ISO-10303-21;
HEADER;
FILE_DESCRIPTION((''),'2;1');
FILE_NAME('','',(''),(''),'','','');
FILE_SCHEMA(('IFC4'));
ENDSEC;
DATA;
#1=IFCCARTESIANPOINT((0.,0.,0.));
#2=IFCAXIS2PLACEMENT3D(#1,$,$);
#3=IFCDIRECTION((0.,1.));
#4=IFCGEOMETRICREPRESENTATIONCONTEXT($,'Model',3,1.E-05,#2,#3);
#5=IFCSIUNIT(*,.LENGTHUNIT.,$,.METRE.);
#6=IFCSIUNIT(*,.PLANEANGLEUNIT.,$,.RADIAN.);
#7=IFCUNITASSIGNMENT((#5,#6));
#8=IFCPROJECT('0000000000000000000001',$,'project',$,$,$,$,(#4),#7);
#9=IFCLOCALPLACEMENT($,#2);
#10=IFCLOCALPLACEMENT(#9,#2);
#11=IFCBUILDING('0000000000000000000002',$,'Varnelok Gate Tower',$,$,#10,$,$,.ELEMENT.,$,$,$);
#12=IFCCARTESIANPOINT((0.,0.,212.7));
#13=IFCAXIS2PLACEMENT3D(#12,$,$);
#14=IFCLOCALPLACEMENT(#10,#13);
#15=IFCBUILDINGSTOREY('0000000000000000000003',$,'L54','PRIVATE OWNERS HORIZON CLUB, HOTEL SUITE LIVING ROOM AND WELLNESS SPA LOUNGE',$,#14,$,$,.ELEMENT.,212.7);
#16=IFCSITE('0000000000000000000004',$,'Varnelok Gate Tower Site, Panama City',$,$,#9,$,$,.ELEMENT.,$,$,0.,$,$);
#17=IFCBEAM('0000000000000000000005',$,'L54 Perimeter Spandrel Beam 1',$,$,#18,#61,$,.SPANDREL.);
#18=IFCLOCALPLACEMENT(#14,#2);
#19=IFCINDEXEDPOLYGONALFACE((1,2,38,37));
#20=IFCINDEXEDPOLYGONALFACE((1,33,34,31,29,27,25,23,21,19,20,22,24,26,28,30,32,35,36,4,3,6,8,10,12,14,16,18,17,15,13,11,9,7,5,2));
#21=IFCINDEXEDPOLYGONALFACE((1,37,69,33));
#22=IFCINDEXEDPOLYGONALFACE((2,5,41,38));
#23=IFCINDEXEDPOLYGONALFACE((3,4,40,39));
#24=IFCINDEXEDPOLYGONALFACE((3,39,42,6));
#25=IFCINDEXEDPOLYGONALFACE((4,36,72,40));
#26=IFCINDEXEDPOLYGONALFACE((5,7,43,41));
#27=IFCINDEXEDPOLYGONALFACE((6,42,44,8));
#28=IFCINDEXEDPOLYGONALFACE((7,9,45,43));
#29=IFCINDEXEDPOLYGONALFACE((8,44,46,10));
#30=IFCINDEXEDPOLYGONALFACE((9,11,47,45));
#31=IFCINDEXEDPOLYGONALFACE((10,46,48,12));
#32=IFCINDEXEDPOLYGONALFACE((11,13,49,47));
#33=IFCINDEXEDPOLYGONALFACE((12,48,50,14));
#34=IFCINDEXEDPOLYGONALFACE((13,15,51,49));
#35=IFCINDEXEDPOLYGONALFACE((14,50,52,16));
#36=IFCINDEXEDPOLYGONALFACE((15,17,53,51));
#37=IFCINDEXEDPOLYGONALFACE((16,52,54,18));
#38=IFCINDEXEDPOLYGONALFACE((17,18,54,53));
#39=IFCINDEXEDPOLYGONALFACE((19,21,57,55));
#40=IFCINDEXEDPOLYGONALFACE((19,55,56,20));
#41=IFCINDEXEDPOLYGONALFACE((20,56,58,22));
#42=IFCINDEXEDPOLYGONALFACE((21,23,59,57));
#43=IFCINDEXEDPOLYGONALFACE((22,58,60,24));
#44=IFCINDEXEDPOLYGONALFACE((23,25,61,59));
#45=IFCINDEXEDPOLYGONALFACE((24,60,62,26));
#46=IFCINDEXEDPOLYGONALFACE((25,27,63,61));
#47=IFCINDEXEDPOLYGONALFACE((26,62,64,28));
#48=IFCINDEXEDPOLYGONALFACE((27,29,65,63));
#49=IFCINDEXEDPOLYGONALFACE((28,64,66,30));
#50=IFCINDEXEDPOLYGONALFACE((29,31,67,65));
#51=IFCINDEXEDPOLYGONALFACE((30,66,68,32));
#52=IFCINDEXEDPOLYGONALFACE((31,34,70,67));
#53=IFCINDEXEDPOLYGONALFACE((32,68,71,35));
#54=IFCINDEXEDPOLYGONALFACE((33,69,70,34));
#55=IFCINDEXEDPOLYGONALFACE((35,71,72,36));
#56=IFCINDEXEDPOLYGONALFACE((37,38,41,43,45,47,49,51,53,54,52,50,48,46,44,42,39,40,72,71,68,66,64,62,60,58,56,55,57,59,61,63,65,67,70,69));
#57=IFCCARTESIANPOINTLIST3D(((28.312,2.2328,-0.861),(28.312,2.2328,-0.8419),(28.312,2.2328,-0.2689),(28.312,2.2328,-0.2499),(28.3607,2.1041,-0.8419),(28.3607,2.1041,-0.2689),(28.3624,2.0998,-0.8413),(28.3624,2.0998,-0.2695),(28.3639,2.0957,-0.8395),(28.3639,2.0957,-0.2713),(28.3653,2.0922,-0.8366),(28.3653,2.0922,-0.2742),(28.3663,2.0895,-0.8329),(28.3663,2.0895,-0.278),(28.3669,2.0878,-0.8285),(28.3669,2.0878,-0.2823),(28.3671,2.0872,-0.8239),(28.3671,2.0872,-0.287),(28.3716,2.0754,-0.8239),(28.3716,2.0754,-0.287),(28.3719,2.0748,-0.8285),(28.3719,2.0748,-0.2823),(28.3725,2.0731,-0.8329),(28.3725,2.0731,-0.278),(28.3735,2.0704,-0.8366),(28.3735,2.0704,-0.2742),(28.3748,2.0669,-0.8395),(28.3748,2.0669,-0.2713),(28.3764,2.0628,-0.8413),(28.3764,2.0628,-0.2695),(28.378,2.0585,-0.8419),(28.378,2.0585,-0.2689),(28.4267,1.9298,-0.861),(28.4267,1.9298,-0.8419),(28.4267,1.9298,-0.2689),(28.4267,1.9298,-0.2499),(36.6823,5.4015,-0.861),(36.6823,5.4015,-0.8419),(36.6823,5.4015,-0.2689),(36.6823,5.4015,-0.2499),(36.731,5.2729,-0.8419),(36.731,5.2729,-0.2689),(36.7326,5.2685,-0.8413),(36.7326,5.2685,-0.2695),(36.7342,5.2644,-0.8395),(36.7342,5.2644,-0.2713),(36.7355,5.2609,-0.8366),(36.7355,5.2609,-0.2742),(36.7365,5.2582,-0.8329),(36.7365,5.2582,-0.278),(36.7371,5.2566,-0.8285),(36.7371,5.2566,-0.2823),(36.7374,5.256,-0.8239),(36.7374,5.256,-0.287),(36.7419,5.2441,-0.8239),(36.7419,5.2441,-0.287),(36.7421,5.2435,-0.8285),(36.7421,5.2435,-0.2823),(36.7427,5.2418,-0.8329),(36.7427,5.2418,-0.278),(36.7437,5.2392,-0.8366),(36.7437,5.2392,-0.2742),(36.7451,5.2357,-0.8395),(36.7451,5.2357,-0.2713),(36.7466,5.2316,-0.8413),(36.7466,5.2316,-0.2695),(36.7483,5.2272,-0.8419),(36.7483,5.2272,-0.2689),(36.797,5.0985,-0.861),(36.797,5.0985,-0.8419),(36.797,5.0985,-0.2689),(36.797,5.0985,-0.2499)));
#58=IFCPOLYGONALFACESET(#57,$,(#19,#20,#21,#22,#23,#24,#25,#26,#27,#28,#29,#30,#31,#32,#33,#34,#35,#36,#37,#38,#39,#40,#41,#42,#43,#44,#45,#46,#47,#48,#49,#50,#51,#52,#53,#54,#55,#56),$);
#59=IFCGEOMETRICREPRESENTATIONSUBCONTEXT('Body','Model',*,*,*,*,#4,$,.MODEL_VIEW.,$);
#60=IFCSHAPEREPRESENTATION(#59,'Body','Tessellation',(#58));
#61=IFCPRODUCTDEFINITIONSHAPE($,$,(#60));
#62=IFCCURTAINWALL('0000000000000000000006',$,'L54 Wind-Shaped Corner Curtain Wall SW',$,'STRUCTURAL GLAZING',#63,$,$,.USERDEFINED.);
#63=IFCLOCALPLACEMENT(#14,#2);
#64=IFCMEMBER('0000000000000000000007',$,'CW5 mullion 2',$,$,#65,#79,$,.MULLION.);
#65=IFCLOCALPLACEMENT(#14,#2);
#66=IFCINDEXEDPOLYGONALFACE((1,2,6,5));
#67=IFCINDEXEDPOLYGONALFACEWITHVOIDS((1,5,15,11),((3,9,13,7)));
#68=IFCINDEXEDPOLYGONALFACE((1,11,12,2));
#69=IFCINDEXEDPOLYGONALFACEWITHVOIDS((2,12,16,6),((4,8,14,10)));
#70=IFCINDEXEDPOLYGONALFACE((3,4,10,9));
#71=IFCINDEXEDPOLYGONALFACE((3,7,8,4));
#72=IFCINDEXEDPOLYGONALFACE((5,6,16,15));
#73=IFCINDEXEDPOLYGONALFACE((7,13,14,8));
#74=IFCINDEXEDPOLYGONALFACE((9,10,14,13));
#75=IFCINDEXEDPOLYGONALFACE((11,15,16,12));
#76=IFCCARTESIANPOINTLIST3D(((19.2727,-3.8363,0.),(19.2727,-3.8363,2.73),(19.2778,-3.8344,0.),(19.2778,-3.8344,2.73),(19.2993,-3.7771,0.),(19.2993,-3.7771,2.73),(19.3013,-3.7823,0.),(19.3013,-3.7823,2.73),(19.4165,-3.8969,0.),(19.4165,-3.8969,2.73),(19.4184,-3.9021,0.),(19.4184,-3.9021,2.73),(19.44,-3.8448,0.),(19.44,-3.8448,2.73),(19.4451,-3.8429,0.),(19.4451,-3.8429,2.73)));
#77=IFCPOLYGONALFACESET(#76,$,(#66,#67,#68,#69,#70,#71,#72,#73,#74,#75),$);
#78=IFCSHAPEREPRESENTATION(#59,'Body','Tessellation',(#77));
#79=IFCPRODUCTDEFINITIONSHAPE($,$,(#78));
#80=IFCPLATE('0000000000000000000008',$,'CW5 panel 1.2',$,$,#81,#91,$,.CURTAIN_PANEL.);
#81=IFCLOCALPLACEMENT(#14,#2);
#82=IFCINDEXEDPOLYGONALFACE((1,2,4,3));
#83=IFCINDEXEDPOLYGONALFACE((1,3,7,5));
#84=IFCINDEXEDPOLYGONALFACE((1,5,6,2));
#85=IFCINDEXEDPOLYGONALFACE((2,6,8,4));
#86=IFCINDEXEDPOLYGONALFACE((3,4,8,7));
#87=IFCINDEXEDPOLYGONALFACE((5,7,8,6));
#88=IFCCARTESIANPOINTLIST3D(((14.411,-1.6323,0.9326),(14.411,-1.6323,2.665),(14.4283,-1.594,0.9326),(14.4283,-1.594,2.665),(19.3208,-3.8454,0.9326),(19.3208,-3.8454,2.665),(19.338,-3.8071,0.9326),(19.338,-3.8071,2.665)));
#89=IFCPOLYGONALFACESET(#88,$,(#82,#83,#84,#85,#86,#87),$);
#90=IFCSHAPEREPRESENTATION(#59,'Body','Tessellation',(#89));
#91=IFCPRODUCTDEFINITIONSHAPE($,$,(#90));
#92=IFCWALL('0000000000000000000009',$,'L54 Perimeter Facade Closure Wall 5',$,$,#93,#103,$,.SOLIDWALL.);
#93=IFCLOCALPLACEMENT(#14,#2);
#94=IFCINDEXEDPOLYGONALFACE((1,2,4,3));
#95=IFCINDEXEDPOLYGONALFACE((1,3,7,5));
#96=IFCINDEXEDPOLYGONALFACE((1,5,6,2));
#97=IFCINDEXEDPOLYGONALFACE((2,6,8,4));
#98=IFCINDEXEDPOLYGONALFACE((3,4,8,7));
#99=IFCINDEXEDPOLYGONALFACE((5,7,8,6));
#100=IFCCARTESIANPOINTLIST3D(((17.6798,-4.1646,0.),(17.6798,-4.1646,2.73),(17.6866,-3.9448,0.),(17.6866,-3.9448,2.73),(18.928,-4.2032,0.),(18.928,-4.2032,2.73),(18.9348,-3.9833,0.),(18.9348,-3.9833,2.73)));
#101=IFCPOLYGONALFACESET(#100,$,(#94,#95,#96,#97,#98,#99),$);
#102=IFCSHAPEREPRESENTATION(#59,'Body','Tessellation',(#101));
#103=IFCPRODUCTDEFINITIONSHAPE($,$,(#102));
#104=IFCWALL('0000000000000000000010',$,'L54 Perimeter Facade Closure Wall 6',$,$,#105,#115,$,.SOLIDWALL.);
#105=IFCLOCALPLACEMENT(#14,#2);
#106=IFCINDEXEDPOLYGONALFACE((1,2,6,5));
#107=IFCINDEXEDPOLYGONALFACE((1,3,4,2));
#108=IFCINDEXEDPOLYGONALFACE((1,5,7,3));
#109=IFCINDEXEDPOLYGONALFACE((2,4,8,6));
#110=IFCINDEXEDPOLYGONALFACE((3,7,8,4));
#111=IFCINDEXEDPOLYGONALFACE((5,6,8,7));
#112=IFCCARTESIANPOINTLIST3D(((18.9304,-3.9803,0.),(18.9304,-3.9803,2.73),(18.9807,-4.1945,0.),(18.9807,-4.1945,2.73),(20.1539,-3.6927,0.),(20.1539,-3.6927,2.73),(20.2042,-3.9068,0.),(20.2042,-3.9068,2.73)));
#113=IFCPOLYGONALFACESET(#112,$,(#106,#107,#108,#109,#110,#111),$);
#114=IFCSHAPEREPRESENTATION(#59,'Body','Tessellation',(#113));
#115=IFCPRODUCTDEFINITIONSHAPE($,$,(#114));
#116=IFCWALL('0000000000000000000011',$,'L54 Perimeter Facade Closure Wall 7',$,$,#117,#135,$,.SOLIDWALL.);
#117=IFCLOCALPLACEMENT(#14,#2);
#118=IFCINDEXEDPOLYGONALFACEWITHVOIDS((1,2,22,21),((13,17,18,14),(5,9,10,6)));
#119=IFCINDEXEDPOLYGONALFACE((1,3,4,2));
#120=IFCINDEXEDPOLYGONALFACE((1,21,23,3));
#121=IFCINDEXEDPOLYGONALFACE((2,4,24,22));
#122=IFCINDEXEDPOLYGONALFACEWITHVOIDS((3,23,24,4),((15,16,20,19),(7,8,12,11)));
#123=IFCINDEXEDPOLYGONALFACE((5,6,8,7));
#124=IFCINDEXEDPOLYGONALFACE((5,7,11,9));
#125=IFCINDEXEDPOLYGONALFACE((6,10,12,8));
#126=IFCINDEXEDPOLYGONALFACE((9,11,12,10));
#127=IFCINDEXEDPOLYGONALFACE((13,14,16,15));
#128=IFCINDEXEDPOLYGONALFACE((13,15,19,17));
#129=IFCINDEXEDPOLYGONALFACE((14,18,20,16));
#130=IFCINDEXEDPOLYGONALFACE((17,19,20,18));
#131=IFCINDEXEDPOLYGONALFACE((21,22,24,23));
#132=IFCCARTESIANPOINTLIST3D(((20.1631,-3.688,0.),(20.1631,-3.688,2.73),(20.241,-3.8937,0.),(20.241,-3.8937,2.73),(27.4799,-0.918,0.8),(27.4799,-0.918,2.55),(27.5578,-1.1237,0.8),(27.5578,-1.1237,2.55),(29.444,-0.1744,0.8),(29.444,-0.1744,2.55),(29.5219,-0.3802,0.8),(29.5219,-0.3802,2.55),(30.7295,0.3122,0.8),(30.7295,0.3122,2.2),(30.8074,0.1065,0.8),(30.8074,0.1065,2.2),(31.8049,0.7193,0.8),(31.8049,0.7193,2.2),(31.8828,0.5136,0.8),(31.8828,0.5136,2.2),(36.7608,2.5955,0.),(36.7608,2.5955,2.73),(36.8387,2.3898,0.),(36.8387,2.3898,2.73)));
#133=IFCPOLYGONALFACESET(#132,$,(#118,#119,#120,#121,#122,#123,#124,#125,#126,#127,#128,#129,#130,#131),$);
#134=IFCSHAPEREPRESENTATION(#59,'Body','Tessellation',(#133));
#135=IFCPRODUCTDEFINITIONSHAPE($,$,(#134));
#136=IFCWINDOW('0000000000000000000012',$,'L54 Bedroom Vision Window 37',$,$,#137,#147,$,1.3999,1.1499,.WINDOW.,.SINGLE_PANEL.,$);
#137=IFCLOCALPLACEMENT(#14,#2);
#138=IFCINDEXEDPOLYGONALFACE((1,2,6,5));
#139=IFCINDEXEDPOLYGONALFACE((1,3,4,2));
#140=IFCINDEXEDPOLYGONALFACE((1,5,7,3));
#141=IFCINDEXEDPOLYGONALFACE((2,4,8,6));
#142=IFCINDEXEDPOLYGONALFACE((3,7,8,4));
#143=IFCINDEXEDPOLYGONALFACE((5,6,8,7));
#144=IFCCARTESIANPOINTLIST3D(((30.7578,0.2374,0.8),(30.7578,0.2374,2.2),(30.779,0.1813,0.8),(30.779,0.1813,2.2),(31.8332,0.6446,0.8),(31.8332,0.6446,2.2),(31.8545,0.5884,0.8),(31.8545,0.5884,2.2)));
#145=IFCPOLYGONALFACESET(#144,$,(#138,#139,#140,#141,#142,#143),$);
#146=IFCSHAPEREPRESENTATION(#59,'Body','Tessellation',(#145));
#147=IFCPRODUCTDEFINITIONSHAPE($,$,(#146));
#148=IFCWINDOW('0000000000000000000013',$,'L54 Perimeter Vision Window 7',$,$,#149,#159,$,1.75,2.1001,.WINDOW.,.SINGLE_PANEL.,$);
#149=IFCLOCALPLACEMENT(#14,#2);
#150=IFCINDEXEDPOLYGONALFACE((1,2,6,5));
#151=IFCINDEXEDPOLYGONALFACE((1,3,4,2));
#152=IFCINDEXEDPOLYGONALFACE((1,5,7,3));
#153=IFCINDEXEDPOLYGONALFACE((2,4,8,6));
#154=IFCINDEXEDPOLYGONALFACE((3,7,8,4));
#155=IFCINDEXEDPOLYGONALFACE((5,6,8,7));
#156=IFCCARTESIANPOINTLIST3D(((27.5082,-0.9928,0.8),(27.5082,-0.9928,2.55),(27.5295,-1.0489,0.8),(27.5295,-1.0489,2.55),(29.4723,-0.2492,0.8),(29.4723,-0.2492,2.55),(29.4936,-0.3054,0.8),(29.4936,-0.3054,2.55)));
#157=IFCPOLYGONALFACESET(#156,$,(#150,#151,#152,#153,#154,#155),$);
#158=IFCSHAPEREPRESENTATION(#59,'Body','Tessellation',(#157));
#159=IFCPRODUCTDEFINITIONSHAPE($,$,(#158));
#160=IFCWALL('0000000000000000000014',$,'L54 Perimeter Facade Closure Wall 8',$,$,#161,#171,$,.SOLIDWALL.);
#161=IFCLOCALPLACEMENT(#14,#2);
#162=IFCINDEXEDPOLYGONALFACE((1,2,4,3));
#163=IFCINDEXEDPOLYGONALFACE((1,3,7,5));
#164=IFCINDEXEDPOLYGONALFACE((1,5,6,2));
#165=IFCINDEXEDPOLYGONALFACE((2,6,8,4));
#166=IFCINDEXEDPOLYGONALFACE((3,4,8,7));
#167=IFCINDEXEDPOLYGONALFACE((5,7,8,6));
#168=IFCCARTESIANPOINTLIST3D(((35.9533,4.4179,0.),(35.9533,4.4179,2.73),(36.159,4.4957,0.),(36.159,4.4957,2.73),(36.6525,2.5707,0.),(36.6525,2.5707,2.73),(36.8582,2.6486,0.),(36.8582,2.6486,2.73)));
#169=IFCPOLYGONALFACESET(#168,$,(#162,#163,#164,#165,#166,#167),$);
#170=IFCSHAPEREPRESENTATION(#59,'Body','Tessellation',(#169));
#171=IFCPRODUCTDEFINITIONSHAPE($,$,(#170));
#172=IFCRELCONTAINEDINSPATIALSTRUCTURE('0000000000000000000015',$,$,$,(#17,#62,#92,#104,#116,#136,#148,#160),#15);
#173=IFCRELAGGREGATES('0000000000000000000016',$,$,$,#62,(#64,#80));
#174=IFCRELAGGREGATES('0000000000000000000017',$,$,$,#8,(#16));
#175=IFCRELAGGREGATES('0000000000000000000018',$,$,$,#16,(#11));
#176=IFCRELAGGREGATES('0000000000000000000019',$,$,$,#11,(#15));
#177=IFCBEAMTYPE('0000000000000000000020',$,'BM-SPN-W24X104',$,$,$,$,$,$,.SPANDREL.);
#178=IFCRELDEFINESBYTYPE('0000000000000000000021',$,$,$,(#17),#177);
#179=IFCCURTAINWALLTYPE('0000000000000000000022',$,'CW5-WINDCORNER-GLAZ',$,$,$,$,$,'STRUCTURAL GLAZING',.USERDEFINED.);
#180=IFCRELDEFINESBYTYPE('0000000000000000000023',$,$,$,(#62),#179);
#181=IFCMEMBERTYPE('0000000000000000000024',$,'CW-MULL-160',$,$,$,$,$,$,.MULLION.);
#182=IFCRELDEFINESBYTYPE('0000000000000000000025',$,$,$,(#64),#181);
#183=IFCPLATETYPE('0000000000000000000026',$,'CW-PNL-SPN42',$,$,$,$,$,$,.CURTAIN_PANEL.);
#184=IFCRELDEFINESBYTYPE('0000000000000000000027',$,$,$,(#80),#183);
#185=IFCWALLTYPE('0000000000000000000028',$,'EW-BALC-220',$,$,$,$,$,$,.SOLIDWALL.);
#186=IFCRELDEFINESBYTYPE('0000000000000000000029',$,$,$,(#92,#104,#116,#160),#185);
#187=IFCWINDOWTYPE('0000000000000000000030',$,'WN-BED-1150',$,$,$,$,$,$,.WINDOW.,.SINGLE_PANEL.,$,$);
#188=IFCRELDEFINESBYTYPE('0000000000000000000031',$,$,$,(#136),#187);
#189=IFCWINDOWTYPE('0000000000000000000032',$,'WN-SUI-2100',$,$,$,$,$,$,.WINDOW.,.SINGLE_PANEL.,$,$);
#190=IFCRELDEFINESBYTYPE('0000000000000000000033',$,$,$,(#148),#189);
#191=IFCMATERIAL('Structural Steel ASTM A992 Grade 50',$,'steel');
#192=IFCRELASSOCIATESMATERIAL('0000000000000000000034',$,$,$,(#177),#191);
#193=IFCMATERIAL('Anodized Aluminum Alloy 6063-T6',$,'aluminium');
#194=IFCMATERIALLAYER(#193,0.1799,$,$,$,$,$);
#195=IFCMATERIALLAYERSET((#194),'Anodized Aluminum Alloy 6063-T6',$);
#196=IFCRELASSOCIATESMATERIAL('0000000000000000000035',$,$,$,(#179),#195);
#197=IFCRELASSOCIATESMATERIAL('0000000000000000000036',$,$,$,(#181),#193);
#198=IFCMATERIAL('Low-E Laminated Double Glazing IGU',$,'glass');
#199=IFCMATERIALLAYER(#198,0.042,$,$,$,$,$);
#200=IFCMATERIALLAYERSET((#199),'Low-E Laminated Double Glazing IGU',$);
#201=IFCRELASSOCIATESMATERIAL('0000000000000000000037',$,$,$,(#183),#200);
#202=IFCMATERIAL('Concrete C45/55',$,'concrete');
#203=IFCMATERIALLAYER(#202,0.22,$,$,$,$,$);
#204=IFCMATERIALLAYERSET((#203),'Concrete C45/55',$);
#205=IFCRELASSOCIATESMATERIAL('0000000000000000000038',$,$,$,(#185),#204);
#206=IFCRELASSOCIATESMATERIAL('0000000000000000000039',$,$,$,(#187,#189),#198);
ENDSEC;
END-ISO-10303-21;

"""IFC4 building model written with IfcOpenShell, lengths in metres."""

from ifc_helpers import new_model, si_unit, direction, frame, frame_2d, origin, origin_2d, place, context, subcontext, project, spatial, rectangle, hollow_rectangle, i_section, extrude, source, transform, mapped, material, layer, layer_set, material_profile, profile_set, type_object, element, fill, aggregate, save


model = new_model("IFC4")

# Units and contexts
model_context = context("Model", 3, precision=1e-05, world=origin(), true_north=direction((0.0, 1.0)))
body_context = subcontext(model_context, "Body", "Model", "MODEL_VIEW")
ifc_project = project(units=[si_unit("LENGTHUNIT", "METRE"), si_unit("PLANEANGLEUNIT", "RADIAN")], contexts=[model_context])

# Site, building, storey
site_placement = place(None, origin())
site = spatial("IfcSite", under=ifc_project, at=site_placement, Name="Varnelok Gate Tower Site, Panama City", CompositionType="ELEMENT", RefElevation=0.0)
building_placement = place(site_placement, origin())
building = spatial("IfcBuilding", under=site, at=building_placement, Name="Varnelok Gate Tower", CompositionType="ELEMENT")
storey_placement = place(building_placement, frame((0.0, 0.0, 212.7)))
storey = spatial("IfcBuildingStorey", under=building, at=storey_placement, Name="L54", Description="PRIVATE OWNERS HORIZON CLUB, HOTEL SUITE LIVING ROOM AND WELLNESS SPA LOUNGE", CompositionType="ELEMENT", Elevation=212.7)

# Shared definitions
ifc_material_1 = material(Name="Structural Steel ASTM A992 Grade 50", Category="steel")

# Beam
ifc_material_profile_1 = material_profile(ifc_material_1, i_section(OverallWidth=0.324, OverallDepth=0.6111, WebThickness=0.0127, FlangeThickness=0.019, FilletRadius=0.0181, at=origin_2d()), Name="W24X104")
ifc_profile_set_1 = profile_set([ifc_material_profile_1], Name="Structural Steel ASTM A992 Grade 50")
beam_type_1 = type_object("IfcBeamType", Name="BM-SPN-W24X104", PredefinedType="SPANDREL", material=ifc_profile_set_1)
beam_1_placement = place(storey_placement, frame((28.3694, 2.0813, -0.5554), z_axis=(0.935226, 0.354051, 0.0), x_axis=(-0.354051, 0.935226, 0.0)))
element("IfcBeam", 1, at=beam_1_placement, inside=storey, type_object=beam_type_1, Name="L54 Perimeter Spandrel Beam 1", PredefinedType="SPANDREL", context=body_context, shape_type="SweptSolid", body=[
    extrude(i_section(OverallWidth=0.324, OverallDepth=0.6111, WebThickness=0.0127, FlangeThickness=0.019, FilletRadius=0.0181, at=origin_2d()), origin(), (0.0, 0.0, 1.0), 8.95),
])

# Curtain wall, member, plate
ifc_material_2 = material(Name="Anodized Aluminum Alloy 6063-T6", Category="aluminium")
ifc_layer_1 = layer(ifc_material_2, 0.1799)
ifc_layer_set_1 = layer_set([ifc_layer_1], Name="Anodized Aluminum Alloy 6063-T6")
curtain_wall_type = type_object("IfcCurtainWallType", Name="CW5-WINDCORNER-GLAZ", ElementType="STRUCTURAL GLAZING", PredefinedType="USERDEFINED", material=ifc_layer_set_1)
curtain_wall_placement = place(storey_placement, origin())
curtain_wall = element("IfcCurtainWall", 2, at=curtain_wall_placement, inside=storey, type_object=curtain_wall_type, Name="L54 Wind-Shaped Corner Curtain Wall SW", ObjectType="STRUCTURAL GLAZING", PredefinedType="USERDEFINED")
ifc_material_profile_2 = material_profile(ifc_material_2, hollow_rectangle(XDim=0.0649, YDim=0.1599, WallThickness=0.0039, at=origin_2d()), Name="ALU160X65X4")
ifc_profile_set_2 = profile_set([ifc_material_profile_2], Name="Anodized Aluminum Alloy 6063-T6")
member_type = type_object("IfcMemberType", Name="CW-MULL-160", PredefinedType="MULLION", material=ifc_profile_set_2)
member_placement = place(storey_placement, frame((19.3589, -3.8396, 0.0), z_axis=(0.0, 0.0, 1.0), x_axis=(0.410939, 0.911663, 0.0)))
member = element("IfcMember", 3, at=member_placement, type_object=member_type, Name="CW5 mullion 2", PredefinedType="MULLION", context=body_context, shape_type="SweptSolid", body=[
    extrude(hollow_rectangle(XDim=0.0649, YDim=0.1599, WallThickness=0.0039, at=origin_2d()), origin(), (0.0, 0.0, 1.0), 2.73),
])
ifc_material_3 = material(Name="Low-E Laminated Double Glazing IGU", Category="glass")
ifc_layer_2 = layer(ifc_material_3, 0.042)
ifc_layer_set_2 = layer_set([ifc_layer_2], Name="Low-E Laminated Double Glazing IGU")
plate_type = type_object("IfcPlateType", Name="CW-PNL-SPN42", PredefinedType="CURTAIN_PANEL", material=ifc_layer_set_2)
shared_shape = source(origin(), body_context, "Body", "SweptSolid", [
    extrude(rectangle(XDim=5.3855, YDim=0.042, at=origin_2d()), origin(), (0.0, 0.0, 1.0), 1.7324),
])
plate_placement = place(storey_placement, frame((16.8745, -2.7197, 0.9326), z_axis=(0.0, 0.0, 1.0), x_axis=(0.911663, -0.410939, 0.0)))
plate = element("IfcPlate", 4, at=plate_placement, type_object=plate_type, Name="CW5 panel 1.2", PredefinedType="CURTAIN_PANEL", context=body_context, shape_type="MappedRepresentation", body=[
    mapped(shared_shape, transform((0.0, 0.0, 0.0), scale=1.0)),
])
aggregate(curtain_wall, [member, plate])

# Walls
ifc_material_4 = material(Name="Concrete C45/55", Category="concrete")
ifc_layer_3 = layer(ifc_material_4, 0.22)
ifc_layer_set_3 = layer_set([ifc_layer_3], Name="Concrete C45/55")
wall_type_1 = type_object("IfcWallType", Name="EW-BALC-220", PredefinedType="SOLIDWALL", material=ifc_layer_set_3)
wall_1_placement = place(storey_placement, frame((17.6831, -4.0547, 0.0), z_axis=(0.0, 0.0, 1.0), x_axis=(0.999523, -0.030887, 0.0)))
element("IfcWall", 5, at=wall_1_placement, inside=storey, type_object=wall_type_1, Name="L54 Perimeter Facade Closure Wall 5", PredefinedType="SOLIDWALL", context=body_context, shape_type="SweptSolid", body=[
    extrude(rectangle(XDim=1.2488, YDim=0.22, at=frame_2d((0.6245, 0.0))), origin(), (0.0, 0.0, 1.0), 2.73),
])
wall_2_placement = place(storey_placement, frame((18.9556, -4.0874, 0.0), z_axis=(0.0, 0.0, 1.0), x_axis=(0.973463, 0.228844, 0.0)))
element("IfcWall", 6, at=wall_2_placement, inside=storey, type_object=wall_type_1, Name="L54 Perimeter Facade Closure Wall 6", PredefinedType="SOLIDWALL", context=body_context, shape_type="SweptSolid", body=[
    extrude(rectangle(XDim=1.2568, YDim=0.22, at=frame_2d((0.6284, 0.0))), origin(), (0.0, 0.0, 1.0), 2.73),
])

# Wall, openings, windows
wall_3_placement = place(storey_placement, frame((20.2021, -3.7908, 0.0), z_axis=(0.0, 0.0, 1.0), x_axis=(0.935226, 0.354052, 0.0)))
wall_3 = element("IfcWall", 7, at=wall_3_placement, inside=storey, type_object=wall_type_1, Name="L54 Perimeter Facade Closure Wall 7", PredefinedType="SOLIDWALL", context=body_context, shape_type="SweptSolid", body=[
    extrude(rectangle(XDim=17.7473, YDim=0.22, at=frame_2d((8.8735, 0.0))), origin(), (0.0, 0.0, 1.0), 2.73),
])
opening_1_placement = place(wall_3_placement, frame((7.8235, 0.0, 0.8)))
opening_1 = element("IfcOpeningElement", 8, at=opening_1_placement, cuts=wall_3, PredefinedType="OPENING", context=body_context, shape_type="SweptSolid", body=[
    extrude(rectangle(XDim=2.1001, YDim=1.75, at=frame_2d((1.05, 0.875))), frame((0.0, 0.1199, 0.0), z_axis=(0.0, -1.0, 0.0), x_axis=(1.0, 0.0, 0.0)), (0.0, 0.0, 1.0), 0.24),
])
opening_2_placement = place(wall_3_placement, frame((11.2981, 0.0, 0.8)))
opening_2 = element("IfcOpeningElement", 9, at=opening_2_placement, cuts=wall_3, PredefinedType="OPENING", context=body_context, shape_type="SweptSolid", body=[
    extrude(rectangle(XDim=1.1499, YDim=1.3999, at=frame_2d((0.575, 0.7))), frame((0.0, 0.1199, 0.0), z_axis=(0.0, -1.0, 0.0), x_axis=(1.0, 0.0, 0.0)), (0.0, 0.0, 1.0), 0.24),
])
window_type_1 = type_object("IfcWindowType", Name="WN-BED-1150", PartitioningType="SINGLE_PANEL", PredefinedType="WINDOW", material=ifc_material_3)
window_1_placement = place(opening_2_placement, origin())
window_1 = element("IfcWindow", 10, at=window_1_placement, inside=storey, type_object=window_type_1, Name="L54 Bedroom Vision Window 37", OverallHeight=1.3999, OverallWidth=1.1499, PartitioningType="SINGLE_PANEL", PredefinedType="WINDOW", context=body_context, shape_type="SweptSolid", body=[
    extrude(rectangle(XDim=1.1499, YDim=1.3999, at=frame_2d((0.575, 0.7))), frame((0.0, 0.03, 0.0), z_axis=(0.0, -1.0, 0.0), x_axis=(1.0, 0.0, 0.0)), (0.0, 0.0, 1.0), 0.0601),
])
fill(opening_2, window_1)
window_type_2 = type_object("IfcWindowType", Name="WN-SUI-2100", PartitioningType="SINGLE_PANEL", PredefinedType="WINDOW", material=ifc_material_3)
window_2_placement = place(opening_1_placement, origin())
window_2 = element("IfcWindow", 11, at=window_2_placement, inside=storey, type_object=window_type_2, Name="L54 Perimeter Vision Window 7", OverallHeight=1.75, OverallWidth=2.1001, PartitioningType="SINGLE_PANEL", PredefinedType="WINDOW", context=body_context, shape_type="SweptSolid", body=[
    extrude(rectangle(XDim=2.1001, YDim=1.75, at=frame_2d((1.05, 0.875))), frame((0.0, 0.03, 0.0), z_axis=(0.0, -1.0, 0.0), x_axis=(1.0, 0.0, 0.0)), (0.0, 0.0, 1.0), 0.0601),
])
fill(opening_1, window_2)

# Wall
wall_4_placement = place(storey_placement, frame((36.7554, 2.6096, 0.0), z_axis=(0.0, 0.0, 1.0), x_axis=(-0.354021, 0.935238, 0.0)))
element("IfcWall", 12, at=wall_4_placement, inside=storey, type_object=wall_type_1, Name="L54 Perimeter Facade Closure Wall 8", PredefinedType="SOLIDWALL", context=body_context, shape_type="SweptSolid", body=[
    extrude(rectangle(XDim=1.9751, YDim=0.22, at=frame_2d((0.9875, 0.0))), origin(), (0.0, 0.0, 1.0), 2.73),
])

save(model, "model.ifc")
